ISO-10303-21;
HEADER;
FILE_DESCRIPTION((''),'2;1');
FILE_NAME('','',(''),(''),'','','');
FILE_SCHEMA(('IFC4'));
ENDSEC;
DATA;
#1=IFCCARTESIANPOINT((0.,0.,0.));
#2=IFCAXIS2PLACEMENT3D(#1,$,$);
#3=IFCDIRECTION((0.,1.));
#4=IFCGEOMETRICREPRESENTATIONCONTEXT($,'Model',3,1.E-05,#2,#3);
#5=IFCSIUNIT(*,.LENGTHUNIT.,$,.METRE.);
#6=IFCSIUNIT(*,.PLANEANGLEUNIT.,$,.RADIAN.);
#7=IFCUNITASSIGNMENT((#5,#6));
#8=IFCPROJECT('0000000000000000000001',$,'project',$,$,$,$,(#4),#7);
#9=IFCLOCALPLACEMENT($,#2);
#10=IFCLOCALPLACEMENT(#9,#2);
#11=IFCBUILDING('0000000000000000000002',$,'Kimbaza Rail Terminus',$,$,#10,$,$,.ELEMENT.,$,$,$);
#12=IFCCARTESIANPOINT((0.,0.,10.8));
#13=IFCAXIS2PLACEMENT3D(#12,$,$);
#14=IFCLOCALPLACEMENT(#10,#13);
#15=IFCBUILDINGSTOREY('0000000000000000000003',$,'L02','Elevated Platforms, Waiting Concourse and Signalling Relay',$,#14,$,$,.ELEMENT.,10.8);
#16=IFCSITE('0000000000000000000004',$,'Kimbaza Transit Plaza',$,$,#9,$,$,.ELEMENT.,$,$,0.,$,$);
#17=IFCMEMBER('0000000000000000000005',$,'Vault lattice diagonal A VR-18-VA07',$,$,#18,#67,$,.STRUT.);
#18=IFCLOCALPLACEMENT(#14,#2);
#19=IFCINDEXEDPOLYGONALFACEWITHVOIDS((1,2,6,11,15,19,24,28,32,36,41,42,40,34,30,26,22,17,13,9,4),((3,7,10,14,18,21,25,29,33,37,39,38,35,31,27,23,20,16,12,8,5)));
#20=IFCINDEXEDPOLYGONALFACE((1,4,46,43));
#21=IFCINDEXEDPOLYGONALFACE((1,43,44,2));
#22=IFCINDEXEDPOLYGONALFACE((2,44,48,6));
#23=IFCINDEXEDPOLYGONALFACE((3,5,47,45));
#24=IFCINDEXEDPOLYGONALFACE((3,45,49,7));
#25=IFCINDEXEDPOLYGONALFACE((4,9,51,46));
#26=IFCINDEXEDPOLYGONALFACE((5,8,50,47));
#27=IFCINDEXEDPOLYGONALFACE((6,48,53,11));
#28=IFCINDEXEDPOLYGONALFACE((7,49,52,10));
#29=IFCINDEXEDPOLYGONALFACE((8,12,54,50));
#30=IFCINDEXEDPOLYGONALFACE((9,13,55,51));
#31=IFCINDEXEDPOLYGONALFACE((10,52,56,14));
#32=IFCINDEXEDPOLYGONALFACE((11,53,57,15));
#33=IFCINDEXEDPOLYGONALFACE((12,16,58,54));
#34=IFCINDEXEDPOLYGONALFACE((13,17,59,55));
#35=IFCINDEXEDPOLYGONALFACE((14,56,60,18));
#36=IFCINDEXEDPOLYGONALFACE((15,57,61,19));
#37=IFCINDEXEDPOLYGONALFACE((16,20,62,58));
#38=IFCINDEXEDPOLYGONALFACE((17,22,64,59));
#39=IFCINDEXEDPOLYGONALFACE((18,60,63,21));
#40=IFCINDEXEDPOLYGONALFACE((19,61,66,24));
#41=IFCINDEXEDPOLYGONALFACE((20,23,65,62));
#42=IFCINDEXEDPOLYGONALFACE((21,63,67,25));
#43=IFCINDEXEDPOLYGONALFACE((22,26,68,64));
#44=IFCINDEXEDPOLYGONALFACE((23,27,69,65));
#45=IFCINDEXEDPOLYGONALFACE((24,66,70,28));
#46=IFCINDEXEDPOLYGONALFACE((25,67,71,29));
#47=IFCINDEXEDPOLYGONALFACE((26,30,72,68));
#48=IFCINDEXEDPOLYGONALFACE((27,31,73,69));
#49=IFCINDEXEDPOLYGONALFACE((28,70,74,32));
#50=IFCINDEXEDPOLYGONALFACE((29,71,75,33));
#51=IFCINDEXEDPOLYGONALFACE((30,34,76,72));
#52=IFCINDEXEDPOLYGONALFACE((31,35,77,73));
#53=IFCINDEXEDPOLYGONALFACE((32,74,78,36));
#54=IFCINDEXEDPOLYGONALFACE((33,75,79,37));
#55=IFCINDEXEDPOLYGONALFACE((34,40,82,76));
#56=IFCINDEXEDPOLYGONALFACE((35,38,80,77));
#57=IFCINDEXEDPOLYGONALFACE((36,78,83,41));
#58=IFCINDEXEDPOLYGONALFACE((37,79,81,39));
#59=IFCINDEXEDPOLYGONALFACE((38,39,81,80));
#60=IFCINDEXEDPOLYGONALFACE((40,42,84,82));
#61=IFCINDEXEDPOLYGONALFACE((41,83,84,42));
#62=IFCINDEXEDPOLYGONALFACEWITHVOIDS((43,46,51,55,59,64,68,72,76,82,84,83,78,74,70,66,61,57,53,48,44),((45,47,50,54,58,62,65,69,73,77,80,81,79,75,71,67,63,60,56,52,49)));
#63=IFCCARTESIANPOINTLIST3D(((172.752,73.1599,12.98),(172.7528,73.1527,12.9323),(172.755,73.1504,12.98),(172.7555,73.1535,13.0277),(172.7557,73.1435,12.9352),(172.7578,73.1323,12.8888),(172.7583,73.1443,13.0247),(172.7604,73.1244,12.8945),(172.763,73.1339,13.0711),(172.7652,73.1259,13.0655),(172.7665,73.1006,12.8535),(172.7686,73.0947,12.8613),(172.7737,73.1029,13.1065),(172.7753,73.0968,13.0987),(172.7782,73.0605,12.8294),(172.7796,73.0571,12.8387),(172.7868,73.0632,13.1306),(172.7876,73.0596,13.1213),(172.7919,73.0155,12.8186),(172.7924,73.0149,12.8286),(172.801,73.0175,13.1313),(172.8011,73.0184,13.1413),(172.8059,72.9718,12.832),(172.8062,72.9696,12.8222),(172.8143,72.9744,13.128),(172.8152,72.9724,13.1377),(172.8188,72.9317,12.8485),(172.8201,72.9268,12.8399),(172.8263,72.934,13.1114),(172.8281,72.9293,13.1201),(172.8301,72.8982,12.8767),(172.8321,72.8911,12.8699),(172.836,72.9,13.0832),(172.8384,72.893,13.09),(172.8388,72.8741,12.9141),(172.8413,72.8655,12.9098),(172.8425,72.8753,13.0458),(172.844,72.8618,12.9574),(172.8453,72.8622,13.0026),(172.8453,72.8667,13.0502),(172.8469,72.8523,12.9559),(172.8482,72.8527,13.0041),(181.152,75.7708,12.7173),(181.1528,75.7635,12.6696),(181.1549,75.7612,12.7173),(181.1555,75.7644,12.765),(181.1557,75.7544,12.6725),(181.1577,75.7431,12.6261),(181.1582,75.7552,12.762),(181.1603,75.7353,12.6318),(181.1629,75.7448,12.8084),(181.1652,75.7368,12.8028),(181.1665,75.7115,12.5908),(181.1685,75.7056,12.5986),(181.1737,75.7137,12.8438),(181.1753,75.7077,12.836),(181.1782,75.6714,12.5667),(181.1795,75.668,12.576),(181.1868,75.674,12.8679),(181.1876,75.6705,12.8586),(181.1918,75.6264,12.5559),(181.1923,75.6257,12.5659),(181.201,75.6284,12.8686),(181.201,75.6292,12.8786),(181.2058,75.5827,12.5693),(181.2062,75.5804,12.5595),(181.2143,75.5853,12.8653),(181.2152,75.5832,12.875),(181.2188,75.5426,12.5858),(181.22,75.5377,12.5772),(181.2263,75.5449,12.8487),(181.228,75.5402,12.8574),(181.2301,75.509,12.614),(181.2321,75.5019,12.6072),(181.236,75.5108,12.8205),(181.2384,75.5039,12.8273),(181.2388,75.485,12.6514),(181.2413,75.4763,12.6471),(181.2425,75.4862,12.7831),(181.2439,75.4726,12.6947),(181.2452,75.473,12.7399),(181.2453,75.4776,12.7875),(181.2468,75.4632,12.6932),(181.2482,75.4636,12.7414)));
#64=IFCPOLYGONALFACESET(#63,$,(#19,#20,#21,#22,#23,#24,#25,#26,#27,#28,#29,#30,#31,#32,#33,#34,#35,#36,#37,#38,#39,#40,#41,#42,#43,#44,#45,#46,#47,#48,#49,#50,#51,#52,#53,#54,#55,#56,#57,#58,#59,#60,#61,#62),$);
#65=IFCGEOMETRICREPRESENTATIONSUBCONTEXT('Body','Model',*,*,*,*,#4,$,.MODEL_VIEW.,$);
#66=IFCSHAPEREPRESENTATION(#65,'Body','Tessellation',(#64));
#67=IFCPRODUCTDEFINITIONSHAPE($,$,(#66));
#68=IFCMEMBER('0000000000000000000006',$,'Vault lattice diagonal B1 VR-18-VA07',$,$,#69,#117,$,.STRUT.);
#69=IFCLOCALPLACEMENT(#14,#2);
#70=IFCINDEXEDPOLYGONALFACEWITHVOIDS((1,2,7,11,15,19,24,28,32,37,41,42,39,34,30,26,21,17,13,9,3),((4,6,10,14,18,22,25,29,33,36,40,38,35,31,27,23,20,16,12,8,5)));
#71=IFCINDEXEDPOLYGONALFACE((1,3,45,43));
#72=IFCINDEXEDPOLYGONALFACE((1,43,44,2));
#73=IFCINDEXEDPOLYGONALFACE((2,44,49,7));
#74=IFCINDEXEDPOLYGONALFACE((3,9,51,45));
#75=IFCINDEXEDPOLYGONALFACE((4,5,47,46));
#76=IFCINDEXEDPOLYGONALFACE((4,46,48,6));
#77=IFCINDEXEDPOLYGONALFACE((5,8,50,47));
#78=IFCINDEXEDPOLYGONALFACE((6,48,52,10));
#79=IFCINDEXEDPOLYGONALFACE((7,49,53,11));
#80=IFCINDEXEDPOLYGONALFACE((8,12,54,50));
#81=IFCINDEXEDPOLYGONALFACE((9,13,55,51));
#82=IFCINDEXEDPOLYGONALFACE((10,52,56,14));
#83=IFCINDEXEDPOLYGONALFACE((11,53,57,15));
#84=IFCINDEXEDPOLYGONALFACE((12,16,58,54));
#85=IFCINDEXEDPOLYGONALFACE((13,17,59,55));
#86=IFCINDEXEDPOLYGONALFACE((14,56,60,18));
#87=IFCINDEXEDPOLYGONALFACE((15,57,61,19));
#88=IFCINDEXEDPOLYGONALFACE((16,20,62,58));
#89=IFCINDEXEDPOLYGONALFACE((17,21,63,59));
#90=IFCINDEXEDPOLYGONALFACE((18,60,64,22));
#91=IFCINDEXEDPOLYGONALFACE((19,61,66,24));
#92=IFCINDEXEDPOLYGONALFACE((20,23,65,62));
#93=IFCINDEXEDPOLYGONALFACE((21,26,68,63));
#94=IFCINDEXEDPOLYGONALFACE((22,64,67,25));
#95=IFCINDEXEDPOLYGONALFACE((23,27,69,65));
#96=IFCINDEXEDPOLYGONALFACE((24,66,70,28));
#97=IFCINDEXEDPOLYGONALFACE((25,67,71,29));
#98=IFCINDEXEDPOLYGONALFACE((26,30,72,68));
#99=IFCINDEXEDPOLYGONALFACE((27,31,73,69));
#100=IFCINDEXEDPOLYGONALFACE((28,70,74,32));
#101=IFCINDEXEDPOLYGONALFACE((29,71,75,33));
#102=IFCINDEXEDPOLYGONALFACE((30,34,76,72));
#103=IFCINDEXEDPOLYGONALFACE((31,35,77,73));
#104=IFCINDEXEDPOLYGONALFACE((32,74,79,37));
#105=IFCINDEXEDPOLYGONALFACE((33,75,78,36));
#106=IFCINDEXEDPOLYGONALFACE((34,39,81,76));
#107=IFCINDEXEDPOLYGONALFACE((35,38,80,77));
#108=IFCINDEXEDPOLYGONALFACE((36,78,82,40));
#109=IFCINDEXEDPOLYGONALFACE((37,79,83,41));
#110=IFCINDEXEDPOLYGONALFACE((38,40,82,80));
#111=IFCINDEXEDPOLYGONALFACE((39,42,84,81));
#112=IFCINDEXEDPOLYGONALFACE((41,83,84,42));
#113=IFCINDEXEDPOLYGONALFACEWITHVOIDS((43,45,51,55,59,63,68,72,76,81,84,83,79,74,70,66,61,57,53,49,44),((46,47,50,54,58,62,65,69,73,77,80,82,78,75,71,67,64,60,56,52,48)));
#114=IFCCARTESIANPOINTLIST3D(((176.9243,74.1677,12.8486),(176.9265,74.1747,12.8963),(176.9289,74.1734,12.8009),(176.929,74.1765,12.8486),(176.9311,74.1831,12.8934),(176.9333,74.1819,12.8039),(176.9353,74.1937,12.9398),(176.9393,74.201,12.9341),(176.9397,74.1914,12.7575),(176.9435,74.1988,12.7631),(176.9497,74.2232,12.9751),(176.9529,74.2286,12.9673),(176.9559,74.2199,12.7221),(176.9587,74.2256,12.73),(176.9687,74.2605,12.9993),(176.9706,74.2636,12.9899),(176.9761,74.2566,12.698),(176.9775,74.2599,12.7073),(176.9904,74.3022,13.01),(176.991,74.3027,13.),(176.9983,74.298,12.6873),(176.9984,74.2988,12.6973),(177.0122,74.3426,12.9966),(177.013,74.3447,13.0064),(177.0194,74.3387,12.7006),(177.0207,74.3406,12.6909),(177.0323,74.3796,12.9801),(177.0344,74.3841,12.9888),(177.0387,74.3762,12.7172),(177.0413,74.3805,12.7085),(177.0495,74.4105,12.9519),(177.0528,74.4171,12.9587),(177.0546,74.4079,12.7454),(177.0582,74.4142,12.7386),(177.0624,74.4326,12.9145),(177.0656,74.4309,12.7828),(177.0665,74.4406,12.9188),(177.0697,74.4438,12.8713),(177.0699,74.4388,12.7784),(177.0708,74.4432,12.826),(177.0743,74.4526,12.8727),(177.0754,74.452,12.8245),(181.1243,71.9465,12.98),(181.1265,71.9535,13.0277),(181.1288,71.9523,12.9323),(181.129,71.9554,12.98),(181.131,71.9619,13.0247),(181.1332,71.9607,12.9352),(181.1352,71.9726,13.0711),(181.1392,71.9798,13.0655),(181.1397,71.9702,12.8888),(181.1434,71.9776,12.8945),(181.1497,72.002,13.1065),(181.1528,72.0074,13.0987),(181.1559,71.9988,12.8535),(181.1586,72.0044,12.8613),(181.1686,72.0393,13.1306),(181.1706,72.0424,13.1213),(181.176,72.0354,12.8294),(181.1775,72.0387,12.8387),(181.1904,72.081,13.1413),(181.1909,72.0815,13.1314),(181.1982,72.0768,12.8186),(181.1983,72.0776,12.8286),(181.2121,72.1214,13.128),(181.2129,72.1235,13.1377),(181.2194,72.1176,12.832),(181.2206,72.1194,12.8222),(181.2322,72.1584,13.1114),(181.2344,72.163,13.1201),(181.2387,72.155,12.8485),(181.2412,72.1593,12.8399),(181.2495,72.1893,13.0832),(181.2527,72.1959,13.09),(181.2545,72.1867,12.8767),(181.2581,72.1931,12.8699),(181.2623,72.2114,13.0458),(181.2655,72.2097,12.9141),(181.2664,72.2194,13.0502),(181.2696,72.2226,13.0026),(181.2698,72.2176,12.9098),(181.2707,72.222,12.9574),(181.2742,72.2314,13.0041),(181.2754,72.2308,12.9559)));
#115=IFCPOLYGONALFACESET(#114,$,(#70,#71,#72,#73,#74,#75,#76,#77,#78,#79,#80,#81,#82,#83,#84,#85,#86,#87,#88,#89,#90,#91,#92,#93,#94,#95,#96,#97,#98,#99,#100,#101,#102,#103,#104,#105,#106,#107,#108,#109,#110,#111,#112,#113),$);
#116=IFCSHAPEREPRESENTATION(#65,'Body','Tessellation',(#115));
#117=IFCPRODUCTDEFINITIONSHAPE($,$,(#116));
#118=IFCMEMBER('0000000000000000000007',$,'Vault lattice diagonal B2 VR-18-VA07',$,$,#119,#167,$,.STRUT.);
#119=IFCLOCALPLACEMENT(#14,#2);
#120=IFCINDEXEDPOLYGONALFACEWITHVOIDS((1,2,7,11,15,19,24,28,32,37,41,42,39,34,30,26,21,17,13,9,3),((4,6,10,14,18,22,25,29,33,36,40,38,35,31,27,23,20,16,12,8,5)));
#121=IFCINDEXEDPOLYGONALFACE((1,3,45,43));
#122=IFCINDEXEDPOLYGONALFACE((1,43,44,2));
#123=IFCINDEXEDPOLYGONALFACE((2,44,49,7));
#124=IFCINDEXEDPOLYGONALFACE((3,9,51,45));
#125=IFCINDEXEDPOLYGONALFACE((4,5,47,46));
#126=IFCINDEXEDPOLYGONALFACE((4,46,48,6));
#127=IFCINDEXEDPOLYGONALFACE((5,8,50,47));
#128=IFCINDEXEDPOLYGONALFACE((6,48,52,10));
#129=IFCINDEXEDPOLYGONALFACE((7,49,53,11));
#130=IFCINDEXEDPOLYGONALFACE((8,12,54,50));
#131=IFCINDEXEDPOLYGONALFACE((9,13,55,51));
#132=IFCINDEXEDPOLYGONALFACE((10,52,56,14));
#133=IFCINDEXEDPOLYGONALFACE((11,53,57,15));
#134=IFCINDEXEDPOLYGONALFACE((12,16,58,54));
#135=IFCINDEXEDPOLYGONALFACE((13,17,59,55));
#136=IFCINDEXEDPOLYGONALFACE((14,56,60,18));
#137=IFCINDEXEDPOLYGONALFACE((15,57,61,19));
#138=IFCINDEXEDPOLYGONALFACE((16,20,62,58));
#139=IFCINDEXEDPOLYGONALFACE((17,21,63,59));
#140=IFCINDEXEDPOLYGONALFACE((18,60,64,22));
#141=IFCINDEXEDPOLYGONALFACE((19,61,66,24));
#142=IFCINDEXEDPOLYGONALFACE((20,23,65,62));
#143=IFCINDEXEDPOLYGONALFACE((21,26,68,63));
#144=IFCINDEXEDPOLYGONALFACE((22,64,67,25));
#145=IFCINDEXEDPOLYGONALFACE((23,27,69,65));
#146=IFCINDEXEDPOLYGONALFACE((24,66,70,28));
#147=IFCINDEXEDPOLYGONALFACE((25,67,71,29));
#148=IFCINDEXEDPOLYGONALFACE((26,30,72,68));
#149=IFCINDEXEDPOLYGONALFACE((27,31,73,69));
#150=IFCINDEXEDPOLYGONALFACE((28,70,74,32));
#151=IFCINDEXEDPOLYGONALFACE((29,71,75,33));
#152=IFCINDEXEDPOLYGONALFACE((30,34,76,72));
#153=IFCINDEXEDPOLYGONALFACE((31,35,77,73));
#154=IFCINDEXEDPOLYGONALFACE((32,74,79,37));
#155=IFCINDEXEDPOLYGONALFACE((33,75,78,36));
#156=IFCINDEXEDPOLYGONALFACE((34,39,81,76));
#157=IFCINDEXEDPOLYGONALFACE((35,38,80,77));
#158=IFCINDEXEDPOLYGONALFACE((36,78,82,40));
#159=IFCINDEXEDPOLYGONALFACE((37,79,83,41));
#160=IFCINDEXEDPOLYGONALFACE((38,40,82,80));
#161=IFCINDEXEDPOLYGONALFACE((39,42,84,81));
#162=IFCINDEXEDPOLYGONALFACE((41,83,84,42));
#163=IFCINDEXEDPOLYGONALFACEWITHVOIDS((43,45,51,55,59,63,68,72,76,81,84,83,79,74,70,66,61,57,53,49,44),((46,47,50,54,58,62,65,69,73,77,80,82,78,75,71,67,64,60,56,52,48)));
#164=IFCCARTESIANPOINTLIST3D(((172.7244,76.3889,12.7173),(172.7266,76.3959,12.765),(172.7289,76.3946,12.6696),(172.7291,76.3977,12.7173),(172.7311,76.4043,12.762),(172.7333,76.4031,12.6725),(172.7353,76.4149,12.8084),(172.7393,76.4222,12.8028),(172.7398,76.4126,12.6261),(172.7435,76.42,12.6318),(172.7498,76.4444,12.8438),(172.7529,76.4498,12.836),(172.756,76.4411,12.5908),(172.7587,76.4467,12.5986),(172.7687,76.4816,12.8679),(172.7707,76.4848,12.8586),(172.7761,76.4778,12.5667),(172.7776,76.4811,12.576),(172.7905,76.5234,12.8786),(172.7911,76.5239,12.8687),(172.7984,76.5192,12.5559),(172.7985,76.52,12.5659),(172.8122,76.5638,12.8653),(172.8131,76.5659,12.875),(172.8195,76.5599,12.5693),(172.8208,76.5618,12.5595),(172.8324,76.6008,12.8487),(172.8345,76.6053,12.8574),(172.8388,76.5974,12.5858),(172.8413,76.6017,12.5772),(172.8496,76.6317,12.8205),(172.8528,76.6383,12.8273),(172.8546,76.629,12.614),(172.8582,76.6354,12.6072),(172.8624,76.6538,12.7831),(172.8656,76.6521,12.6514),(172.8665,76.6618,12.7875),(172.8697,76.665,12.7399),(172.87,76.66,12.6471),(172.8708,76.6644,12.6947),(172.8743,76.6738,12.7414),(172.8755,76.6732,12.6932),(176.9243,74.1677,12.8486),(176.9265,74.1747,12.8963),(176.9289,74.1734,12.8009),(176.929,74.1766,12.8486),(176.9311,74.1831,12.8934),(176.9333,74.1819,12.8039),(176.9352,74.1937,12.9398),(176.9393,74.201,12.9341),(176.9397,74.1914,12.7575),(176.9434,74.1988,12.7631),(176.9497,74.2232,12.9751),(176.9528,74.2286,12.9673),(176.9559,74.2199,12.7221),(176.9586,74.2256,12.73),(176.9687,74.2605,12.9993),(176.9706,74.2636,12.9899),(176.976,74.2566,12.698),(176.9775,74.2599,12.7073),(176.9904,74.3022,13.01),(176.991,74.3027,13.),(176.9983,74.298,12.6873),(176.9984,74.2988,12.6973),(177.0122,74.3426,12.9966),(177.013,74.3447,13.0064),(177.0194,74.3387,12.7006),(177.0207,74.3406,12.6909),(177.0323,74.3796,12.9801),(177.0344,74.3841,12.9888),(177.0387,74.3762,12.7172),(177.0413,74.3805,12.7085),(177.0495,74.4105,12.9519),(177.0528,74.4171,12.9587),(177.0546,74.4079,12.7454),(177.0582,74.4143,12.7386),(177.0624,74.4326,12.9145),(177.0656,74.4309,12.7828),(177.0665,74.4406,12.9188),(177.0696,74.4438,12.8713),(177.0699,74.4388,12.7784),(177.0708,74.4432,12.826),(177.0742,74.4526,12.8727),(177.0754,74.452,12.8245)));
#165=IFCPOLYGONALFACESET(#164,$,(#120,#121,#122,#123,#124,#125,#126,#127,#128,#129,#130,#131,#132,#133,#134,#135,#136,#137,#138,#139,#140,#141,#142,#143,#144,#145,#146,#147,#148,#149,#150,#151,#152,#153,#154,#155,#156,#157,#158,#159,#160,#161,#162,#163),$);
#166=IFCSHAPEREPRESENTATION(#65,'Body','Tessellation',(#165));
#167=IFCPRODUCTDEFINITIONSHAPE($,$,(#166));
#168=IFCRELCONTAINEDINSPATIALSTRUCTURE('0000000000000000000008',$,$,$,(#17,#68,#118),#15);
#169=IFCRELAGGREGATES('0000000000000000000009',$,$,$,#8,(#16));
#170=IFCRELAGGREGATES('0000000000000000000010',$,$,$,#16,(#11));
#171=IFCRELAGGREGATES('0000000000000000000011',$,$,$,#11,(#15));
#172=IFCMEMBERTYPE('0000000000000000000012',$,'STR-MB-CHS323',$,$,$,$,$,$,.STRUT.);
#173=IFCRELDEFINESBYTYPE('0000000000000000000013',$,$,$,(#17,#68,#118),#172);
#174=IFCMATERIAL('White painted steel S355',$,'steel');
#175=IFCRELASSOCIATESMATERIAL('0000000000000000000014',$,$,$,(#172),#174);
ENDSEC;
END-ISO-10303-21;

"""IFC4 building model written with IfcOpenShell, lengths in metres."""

from ifc_helpers import new_model, si_unit, direction, frame, origin, origin_2d, place, context, subcontext, project, spatial, hollow_circle, extrude, material, material_profile, profile_set, type_object, element, save


model = new_model("IFC4")

# Units and contexts
model_context = context("Model", 3, precision=1e-05, world=origin(), true_north=direction((0.0, 1.0)))
body_context = subcontext(model_context, "Body", "Model", "MODEL_VIEW")
ifc_project = project(units=[si_unit("LENGTHUNIT", "METRE"), si_unit("PLANEANGLEUNIT", "RADIAN")], contexts=[model_context])

# Site, building, storey
site_placement = place(None, origin())
site = spatial("IfcSite", under=ifc_project, at=site_placement, Name="Kimbaza Transit Plaza", CompositionType="ELEMENT", RefElevation=0.0)
building_placement = place(site_placement, origin())
building = spatial("IfcBuilding", under=site, at=building_placement, Name="Kimbaza Rail Terminus", CompositionType="ELEMENT")
storey_placement = place(building_placement, frame((0.0, 0.0, 10.8)))
storey = spatial("IfcBuildingStorey", under=building, at=storey_placement, Name="L02", Description="Elevated Platforms, Waiting Concourse and Signalling Relay", CompositionType="ELEMENT", Elevation=10.8)

# Members
ifc_material_1 = material(Name="White painted steel S355", Category="steel")
ifc_material_profile_1 = material_profile(ifc_material_1, hollow_circle(Radius=0.1619, WallThickness=0.01, at=origin_2d()), Name="CHS 323.9x10")
ifc_profile_set_1 = profile_set([ifc_material_profile_1], Name="White painted steel S355")
member_type_1 = type_object("IfcMemberType", Name="STR-MB-CHS323", PredefinedType="STRUT", material=ifc_profile_set_1)
member_1_placement = place(storey_placement, frame((172.8, 73.0054, 12.98), z_axis=(0.954511, 0.296679, -0.029851), x_axis=(-0.296811, 0.954936, 0.0)))
element("IfcMember", 1, at=member_1_placement, inside=storey, type_object=member_type_1, Name="Vault lattice diagonal A VR-18-VA07", PredefinedType="STRUT", context=body_context, shape_type="SweptSolid", body=[
    extrude(hollow_circle(Radius=0.1619, WallThickness=0.01, at=origin_2d()), origin(), (0.0, 0.0, 1.0), 8.8003),
])
for number, where, z_axis, x_axis, name in (
    (2, (181.2, 72.0896, 12.98), (-0.883651, 0.467329, -0.027635), (-0.467508, -0.883989, 0.0), "Vault lattice diagonal B1 VR-18-VA07"),
    (3, (177.0, 74.3108, 12.8486), (-0.883651, 0.467329, -0.027635), (-0.467508, -0.883989, 0.0), "Vault lattice diagonal B2 VR-18-VA07"),
):
    element("IfcMember", number, at=place(storey_placement, frame(where, z_axis=z_axis, x_axis=x_axis)), inside=storey, type_object=member_type_1, Name=name, PredefinedType="STRUT", context=body_context, shape_type="SweptSolid", body=[
        extrude(hollow_circle(Radius=0.1619, WallThickness=0.01, at=origin_2d()), origin(), (0.0, 0.0, 1.0), 4.7529),
    ])

save(model, "model.ifc")
